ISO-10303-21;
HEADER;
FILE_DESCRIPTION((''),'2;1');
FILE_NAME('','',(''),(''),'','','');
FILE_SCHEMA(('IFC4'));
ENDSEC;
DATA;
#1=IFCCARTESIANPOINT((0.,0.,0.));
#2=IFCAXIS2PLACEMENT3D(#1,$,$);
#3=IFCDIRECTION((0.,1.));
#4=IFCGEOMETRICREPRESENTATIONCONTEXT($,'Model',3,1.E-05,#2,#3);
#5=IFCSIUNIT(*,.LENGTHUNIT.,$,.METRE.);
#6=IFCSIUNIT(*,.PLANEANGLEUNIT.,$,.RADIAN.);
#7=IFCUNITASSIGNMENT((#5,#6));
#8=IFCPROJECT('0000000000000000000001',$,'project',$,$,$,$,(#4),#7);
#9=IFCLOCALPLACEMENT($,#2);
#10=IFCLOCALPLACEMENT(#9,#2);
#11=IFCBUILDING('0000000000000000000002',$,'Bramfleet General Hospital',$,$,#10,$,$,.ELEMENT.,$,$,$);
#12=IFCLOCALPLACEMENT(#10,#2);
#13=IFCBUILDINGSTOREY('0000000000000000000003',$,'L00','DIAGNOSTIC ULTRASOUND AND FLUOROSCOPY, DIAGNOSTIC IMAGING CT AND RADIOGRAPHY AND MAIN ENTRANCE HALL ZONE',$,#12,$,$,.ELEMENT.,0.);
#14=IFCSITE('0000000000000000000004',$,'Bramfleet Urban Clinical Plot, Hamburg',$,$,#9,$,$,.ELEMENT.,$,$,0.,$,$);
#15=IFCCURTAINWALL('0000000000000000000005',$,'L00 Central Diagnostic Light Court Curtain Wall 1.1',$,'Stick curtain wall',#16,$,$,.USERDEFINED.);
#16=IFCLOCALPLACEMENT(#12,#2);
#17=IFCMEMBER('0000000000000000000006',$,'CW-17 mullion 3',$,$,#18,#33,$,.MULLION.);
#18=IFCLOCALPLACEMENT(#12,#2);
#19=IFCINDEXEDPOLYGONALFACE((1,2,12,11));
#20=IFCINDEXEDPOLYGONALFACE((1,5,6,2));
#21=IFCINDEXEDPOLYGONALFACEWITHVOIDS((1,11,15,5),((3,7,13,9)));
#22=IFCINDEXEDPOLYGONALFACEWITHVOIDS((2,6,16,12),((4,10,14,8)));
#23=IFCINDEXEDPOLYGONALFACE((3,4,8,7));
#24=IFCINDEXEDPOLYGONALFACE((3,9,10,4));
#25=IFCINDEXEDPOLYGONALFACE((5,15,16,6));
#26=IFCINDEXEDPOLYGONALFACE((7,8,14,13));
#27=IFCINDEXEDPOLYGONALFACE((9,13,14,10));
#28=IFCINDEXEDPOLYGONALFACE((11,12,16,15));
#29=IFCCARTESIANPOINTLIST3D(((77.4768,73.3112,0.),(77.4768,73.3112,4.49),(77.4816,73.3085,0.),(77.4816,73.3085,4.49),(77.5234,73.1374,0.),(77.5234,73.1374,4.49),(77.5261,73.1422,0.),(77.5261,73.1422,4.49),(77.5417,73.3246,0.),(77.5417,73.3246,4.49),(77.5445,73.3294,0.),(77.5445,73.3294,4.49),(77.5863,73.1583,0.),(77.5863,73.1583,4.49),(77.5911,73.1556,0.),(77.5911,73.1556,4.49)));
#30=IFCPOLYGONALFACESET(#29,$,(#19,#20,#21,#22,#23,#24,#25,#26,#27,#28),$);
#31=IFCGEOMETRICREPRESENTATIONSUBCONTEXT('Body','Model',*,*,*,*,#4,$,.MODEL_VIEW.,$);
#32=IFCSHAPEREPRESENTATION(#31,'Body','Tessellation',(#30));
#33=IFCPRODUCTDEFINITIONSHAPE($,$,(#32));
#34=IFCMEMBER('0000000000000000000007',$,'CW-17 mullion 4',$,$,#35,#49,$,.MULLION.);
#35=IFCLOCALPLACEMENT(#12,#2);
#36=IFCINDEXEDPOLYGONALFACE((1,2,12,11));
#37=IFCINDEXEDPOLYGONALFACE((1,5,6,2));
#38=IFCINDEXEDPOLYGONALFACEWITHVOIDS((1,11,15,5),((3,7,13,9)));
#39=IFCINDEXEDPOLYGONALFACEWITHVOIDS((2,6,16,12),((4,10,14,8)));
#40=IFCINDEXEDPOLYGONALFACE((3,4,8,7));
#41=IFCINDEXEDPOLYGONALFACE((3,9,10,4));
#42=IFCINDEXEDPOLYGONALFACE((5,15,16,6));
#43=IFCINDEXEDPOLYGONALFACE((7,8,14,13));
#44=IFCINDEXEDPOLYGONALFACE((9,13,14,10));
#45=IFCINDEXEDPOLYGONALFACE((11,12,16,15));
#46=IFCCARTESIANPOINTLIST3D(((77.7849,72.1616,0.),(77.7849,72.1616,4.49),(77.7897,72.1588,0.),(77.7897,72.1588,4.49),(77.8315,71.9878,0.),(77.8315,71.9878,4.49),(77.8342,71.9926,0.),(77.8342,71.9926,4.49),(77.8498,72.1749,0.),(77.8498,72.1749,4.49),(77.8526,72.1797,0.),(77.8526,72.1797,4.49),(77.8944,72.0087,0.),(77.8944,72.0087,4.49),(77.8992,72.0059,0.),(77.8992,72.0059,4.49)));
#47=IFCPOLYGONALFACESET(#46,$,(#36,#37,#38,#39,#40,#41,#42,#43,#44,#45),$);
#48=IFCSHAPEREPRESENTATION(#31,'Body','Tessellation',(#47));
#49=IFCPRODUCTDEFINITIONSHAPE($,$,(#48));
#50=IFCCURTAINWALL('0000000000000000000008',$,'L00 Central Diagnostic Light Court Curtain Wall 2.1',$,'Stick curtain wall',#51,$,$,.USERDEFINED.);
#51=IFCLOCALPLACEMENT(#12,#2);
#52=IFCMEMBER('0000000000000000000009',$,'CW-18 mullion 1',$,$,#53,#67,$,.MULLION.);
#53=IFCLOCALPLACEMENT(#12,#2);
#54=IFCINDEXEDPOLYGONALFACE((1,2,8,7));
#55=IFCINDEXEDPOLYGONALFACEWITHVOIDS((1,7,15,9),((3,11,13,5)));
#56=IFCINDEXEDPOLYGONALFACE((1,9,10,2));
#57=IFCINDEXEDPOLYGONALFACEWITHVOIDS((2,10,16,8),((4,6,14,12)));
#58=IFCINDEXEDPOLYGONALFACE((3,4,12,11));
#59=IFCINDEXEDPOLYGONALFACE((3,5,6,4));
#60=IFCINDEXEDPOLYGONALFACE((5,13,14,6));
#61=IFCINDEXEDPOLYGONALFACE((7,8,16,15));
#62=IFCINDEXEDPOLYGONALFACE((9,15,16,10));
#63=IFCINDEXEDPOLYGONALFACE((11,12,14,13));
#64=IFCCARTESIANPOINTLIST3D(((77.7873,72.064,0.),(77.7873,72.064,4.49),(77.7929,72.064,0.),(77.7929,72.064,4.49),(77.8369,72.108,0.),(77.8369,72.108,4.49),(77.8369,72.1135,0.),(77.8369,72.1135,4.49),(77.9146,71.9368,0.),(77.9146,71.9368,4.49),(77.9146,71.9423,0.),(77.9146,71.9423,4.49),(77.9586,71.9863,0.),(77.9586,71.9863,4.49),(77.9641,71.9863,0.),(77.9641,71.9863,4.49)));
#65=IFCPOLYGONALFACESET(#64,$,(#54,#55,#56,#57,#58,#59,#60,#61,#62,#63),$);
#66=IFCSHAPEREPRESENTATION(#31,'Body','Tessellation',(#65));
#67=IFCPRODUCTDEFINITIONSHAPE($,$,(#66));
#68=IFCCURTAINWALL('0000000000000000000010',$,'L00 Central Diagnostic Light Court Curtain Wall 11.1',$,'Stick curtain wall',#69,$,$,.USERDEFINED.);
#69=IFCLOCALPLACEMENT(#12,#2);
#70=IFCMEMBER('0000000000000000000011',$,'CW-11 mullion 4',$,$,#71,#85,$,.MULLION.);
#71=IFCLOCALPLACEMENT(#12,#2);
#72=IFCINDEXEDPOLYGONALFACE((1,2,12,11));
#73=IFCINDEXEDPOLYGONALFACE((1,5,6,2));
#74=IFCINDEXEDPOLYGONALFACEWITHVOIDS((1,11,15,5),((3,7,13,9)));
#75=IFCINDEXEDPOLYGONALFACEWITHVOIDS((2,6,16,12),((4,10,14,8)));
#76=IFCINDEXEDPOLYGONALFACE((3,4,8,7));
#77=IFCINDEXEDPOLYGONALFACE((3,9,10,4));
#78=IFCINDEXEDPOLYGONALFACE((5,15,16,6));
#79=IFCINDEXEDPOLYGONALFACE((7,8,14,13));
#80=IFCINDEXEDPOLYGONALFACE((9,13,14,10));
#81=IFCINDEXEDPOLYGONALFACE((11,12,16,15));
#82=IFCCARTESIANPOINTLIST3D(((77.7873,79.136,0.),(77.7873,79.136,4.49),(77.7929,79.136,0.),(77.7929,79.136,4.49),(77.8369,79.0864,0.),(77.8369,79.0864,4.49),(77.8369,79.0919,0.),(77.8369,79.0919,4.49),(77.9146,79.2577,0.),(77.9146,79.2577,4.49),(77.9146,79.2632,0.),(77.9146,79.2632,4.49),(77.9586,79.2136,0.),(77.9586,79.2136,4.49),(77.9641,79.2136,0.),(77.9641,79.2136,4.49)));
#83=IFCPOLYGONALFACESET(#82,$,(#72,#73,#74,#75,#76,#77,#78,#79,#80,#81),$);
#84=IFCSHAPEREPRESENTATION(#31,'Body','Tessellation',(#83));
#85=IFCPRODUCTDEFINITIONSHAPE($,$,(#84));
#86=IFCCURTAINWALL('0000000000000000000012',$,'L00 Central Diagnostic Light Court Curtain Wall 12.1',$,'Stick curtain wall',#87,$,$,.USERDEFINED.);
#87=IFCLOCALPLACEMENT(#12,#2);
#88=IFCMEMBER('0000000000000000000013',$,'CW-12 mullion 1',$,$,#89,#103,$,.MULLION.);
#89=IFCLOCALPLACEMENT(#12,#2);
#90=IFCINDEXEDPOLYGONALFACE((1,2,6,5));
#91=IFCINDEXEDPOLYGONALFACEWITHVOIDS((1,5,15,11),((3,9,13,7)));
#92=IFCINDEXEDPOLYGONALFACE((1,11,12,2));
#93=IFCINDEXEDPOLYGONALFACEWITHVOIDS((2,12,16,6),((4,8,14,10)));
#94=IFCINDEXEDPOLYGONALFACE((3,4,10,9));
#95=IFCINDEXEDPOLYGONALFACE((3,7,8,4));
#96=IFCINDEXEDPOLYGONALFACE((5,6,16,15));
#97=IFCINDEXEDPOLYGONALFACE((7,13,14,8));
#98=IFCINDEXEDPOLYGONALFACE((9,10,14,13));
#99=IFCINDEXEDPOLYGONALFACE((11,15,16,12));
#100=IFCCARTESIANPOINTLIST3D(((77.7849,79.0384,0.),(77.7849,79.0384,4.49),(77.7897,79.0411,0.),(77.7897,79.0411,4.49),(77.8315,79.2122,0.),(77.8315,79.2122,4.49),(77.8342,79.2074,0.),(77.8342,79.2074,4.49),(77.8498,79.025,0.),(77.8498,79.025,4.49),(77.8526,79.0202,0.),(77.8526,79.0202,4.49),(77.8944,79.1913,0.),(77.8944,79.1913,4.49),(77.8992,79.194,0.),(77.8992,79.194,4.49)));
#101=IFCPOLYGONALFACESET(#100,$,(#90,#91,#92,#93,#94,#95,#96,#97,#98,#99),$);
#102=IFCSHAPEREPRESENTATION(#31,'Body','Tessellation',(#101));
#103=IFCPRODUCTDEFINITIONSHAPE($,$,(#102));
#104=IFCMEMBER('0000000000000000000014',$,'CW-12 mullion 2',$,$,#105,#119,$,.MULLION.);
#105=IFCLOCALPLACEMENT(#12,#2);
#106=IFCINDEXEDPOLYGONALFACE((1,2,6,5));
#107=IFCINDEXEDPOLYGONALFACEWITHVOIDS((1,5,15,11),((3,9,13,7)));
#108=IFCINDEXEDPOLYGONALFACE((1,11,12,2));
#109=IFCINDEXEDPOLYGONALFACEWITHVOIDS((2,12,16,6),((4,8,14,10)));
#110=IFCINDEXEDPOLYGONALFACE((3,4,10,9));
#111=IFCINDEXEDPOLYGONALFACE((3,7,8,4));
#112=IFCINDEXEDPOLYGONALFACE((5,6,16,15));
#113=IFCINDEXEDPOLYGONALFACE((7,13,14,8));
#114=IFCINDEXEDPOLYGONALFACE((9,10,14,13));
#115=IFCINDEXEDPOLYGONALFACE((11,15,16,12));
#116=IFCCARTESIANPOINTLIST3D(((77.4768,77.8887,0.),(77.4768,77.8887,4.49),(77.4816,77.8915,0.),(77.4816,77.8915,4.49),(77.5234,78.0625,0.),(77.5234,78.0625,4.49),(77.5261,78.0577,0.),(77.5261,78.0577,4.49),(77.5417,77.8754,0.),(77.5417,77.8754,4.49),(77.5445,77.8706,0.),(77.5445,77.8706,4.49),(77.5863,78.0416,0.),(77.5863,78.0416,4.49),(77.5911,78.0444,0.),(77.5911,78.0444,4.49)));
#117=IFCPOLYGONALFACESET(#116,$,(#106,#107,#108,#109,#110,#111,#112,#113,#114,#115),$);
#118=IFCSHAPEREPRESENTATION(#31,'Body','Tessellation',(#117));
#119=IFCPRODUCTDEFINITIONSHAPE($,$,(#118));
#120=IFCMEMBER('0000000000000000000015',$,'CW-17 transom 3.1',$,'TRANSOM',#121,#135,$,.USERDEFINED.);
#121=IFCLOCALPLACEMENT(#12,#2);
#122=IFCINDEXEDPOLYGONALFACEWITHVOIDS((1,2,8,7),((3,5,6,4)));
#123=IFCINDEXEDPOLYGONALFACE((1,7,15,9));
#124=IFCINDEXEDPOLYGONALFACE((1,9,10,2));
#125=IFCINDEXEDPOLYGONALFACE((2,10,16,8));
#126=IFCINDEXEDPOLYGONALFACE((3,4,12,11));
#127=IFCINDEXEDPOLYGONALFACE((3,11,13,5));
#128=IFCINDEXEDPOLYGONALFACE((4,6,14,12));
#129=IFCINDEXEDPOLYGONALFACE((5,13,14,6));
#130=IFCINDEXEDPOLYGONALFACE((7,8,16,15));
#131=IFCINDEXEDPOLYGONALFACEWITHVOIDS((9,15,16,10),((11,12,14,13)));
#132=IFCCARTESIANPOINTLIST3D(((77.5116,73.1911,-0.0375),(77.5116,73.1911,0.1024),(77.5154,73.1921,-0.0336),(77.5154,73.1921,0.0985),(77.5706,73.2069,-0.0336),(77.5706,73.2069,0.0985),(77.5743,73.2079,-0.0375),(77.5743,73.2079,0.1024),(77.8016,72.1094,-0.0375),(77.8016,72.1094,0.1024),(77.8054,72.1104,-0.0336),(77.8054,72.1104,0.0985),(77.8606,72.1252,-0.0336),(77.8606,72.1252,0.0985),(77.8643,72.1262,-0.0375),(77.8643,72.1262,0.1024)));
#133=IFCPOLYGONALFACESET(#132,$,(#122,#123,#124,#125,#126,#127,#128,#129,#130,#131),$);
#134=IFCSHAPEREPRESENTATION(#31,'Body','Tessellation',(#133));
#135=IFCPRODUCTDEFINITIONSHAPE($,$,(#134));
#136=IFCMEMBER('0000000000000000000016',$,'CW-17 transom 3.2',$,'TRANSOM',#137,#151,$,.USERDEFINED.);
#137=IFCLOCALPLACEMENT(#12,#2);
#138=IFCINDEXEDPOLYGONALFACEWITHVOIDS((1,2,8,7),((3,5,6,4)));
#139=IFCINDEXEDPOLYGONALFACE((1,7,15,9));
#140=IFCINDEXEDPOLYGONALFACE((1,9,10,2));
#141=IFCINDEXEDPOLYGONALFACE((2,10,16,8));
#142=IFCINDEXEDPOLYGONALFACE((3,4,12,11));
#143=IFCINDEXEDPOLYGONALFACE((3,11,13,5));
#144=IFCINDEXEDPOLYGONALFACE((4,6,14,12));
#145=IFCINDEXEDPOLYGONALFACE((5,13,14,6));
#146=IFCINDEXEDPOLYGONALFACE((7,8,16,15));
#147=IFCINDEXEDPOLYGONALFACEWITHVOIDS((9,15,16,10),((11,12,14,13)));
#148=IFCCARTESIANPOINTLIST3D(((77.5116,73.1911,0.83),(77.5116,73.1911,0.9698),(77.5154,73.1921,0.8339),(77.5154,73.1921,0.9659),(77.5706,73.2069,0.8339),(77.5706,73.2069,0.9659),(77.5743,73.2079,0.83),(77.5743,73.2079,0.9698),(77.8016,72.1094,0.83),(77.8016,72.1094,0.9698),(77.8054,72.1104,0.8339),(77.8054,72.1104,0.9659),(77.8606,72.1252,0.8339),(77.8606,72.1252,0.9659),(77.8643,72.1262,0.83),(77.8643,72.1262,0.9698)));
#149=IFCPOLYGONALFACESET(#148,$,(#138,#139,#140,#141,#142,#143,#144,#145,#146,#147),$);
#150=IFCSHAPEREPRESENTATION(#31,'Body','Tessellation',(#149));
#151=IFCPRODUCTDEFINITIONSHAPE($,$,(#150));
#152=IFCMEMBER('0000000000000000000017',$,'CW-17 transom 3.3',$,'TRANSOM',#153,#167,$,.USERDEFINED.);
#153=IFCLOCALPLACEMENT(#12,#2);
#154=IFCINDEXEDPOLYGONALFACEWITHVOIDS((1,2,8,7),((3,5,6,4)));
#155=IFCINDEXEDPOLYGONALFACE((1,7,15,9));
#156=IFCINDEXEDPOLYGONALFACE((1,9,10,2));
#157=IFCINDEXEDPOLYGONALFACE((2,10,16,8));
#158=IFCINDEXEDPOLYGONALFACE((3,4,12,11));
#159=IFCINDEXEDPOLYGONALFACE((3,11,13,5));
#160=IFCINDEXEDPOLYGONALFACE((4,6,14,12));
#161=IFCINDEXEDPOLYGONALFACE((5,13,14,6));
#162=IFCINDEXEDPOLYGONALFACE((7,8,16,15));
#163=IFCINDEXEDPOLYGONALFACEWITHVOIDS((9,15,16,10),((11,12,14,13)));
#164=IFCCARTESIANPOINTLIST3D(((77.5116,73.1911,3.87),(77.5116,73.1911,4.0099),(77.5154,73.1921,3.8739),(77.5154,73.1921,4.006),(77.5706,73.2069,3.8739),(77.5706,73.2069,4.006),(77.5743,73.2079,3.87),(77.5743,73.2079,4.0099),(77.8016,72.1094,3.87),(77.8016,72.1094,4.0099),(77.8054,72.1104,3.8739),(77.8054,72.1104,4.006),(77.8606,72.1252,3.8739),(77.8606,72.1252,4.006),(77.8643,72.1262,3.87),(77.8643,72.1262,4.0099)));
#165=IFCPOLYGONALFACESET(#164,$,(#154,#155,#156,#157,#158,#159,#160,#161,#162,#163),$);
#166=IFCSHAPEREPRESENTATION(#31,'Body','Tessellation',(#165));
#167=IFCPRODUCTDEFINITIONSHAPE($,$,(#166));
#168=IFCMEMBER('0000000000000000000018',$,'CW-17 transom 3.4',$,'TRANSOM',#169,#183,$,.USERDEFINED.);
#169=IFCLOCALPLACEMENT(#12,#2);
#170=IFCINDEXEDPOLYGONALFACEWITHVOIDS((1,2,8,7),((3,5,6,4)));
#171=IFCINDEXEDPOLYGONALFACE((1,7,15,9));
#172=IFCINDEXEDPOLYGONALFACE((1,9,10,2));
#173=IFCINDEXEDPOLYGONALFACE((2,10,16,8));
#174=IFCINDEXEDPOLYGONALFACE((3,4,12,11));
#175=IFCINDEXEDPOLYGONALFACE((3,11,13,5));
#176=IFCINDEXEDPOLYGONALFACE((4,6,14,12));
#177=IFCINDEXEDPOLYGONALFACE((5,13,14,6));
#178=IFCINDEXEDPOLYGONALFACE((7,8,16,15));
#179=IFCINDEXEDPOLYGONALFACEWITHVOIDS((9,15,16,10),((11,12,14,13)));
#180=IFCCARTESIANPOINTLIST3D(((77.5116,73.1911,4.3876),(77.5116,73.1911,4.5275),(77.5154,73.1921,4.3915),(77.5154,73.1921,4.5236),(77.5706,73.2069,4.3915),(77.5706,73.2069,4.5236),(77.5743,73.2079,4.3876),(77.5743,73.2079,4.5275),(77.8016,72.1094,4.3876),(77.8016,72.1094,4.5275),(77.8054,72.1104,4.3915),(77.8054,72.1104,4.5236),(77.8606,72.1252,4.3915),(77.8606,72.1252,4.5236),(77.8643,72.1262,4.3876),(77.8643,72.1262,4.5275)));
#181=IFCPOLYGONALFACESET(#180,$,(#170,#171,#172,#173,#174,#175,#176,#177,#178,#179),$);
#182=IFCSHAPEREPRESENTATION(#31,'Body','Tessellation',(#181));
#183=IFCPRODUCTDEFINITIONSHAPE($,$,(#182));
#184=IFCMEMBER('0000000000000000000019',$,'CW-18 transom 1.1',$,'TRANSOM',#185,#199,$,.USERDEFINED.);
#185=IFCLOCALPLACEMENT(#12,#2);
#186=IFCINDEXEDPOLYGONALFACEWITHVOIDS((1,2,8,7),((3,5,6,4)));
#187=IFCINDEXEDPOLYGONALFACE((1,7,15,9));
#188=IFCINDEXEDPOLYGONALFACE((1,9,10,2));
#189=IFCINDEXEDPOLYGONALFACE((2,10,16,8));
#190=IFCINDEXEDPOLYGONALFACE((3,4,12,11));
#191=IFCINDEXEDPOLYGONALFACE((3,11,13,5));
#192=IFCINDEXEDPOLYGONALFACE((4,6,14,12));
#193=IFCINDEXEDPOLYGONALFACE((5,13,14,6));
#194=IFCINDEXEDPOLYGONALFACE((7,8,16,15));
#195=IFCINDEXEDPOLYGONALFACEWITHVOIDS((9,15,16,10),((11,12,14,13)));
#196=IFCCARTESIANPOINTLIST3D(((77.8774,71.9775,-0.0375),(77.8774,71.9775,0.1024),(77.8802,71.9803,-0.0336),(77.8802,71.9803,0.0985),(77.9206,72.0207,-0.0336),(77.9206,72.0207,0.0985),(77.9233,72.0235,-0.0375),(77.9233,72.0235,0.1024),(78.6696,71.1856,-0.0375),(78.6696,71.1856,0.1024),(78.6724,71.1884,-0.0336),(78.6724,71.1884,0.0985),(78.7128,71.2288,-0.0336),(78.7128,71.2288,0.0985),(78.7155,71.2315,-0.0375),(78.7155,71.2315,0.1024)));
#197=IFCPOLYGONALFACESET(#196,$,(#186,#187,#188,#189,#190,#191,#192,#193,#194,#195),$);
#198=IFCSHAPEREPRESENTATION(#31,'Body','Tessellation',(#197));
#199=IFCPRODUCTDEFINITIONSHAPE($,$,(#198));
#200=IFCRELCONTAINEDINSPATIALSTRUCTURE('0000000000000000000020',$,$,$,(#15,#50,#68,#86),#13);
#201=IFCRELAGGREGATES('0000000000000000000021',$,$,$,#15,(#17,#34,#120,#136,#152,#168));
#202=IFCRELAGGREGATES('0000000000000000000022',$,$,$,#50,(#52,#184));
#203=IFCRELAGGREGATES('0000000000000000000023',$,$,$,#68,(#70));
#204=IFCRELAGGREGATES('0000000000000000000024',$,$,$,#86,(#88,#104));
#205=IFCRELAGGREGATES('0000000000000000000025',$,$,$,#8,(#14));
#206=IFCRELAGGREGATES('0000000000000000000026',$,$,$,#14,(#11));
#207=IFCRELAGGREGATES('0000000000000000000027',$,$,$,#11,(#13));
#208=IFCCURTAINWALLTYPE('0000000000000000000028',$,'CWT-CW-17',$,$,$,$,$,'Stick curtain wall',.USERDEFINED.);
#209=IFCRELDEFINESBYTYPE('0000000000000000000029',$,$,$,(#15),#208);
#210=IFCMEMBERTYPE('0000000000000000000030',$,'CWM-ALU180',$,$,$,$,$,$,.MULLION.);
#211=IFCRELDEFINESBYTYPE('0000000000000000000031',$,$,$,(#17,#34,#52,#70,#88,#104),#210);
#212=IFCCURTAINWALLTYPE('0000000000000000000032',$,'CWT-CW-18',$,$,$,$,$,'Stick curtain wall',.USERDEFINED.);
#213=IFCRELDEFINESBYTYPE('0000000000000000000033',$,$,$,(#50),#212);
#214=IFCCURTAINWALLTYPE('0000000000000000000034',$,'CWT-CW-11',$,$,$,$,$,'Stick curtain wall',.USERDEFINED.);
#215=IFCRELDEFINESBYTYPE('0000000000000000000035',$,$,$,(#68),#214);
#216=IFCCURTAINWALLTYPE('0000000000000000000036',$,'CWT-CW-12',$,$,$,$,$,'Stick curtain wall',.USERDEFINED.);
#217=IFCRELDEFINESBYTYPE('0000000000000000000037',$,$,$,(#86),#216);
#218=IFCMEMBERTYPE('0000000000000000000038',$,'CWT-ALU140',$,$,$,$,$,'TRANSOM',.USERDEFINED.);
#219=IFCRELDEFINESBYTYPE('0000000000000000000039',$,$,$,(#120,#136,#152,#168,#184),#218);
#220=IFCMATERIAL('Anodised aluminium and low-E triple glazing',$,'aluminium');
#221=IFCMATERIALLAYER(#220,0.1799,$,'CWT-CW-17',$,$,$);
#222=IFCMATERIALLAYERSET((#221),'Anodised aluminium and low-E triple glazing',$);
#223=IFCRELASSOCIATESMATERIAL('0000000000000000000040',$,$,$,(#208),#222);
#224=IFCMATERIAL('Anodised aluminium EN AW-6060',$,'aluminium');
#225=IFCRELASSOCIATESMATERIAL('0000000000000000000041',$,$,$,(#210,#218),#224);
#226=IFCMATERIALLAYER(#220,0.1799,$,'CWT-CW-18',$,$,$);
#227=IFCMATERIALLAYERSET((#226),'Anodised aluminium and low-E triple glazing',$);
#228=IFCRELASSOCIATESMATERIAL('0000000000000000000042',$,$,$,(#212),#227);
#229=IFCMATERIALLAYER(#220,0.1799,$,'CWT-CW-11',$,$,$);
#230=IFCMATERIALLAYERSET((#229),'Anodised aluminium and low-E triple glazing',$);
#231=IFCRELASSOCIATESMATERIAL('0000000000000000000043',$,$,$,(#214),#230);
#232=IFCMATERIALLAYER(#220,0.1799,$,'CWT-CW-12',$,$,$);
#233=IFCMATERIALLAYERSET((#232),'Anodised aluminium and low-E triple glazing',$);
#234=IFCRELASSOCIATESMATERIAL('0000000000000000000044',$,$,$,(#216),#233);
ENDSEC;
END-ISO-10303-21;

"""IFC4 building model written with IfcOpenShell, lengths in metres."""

from ifc_helpers import new_model, si_unit, direction, frame, origin, origin_2d, place, context, subcontext, project, spatial, hollow_rectangle, extrude, material, layer, layer_set, material_profile, profile_set, type_object, element, aggregate, save


model = new_model("IFC4")

# Units and contexts
model_context = context("Model", 3, precision=1e-05, world=origin(), true_north=direction((0.0, 1.0)))
body_context = subcontext(model_context, "Body", "Model", "MODEL_VIEW")
ifc_project = project(units=[si_unit("LENGTHUNIT", "METRE"), si_unit("PLANEANGLEUNIT", "RADIAN")], contexts=[model_context])

# Site, building, storey
site_placement = place(None, origin())
site = spatial("IfcSite", under=ifc_project, at=site_placement, Name="Bramfleet Urban Clinical Plot, Hamburg", CompositionType="ELEMENT", RefElevation=0.0)
building_placement = place(site_placement, origin())
building = spatial("IfcBuilding", under=site, at=building_placement, Name="Bramfleet General Hospital", CompositionType="ELEMENT")
storey_placement = place(building_placement, origin())
storey = spatial("IfcBuildingStorey", under=building, at=storey_placement, Name="L00", Description="DIAGNOSTIC ULTRASOUND AND FLUOROSCOPY, DIAGNOSTIC IMAGING CT AND RADIOGRAPHY AND MAIN ENTRANCE HALL ZONE", CompositionType="ELEMENT", Elevation=0.0)

# Curtain wall, members
ifc_material_1 = material(Name="Anodised aluminium and low-E triple glazing", Category="aluminium")
ifc_layer_1 = layer(ifc_material_1, 0.1799, Name="CWT-CW-17")
ifc_layer_set_1 = layer_set([ifc_layer_1], Name="Anodised aluminium and low-E triple glazing")
curtain_wall_type_1 = type_object("IfcCurtainWallType", Name="CWT-CW-17", ElementType="Stick curtain wall", PredefinedType="USERDEFINED", material=ifc_layer_set_1)
curtain_wall_1_placement = place(storey_placement, origin())
curtain_wall_1 = element("IfcCurtainWall", 1, at=curtain_wall_1_placement, inside=storey, type_object=curtain_wall_type_1, Name="L00 Central Diagnostic Light Court Curtain Wall 1.1", ObjectType="Stick curtain wall", PredefinedType="USERDEFINED")
ifc_material_2 = material(Name="Anodised aluminium EN AW-6060", Category="aluminium")
ifc_material_profile_1 = material_profile(ifc_material_2, hollow_rectangle(XDim=0.0701, YDim=0.1799, WallThickness=0.0039, at=origin_2d()), Name="ALU 180x70x4.0")
ifc_profile_set_1 = profile_set([ifc_material_profile_1], Name="Anodised aluminium EN AW-6060")
member_type_1 = type_object("IfcMemberType", Name="CWM-ALU180", PredefinedType="MULLION", material=ifc_profile_set_1)
member_1_placement = place(storey_placement, frame((77.5339, 73.2334, 0.0), z_axis=(0.0, 0.0, 1.0), x_axis=(0.965941, 0.258763, 0.0)))
member_1 = element("IfcMember", 2, at=member_1_placement, type_object=member_type_1, Name="CW-17 mullion 3", PredefinedType="MULLION", context=body_context, shape_type="SweptSolid", body=[
    extrude(hollow_rectangle(XDim=0.0701, YDim=0.1799, WallThickness=0.0039, at=origin_2d()), origin(), (0.0, 0.0, 1.0), 4.49),
])
member_2_placement = place(storey_placement, frame((77.842, 72.0837, 0.0), z_axis=(0.0, 0.0, 1.0), x_axis=(0.965941, 0.258763, 0.0)))
member_2 = element("IfcMember", 3, at=member_2_placement, type_object=member_type_1, Name="CW-17 mullion 4", PredefinedType="MULLION", context=body_context, shape_type="SweptSolid", body=[
    extrude(hollow_rectangle(XDim=0.0701, YDim=0.1799, WallThickness=0.0039, at=origin_2d()), origin(), (0.0, 0.0, 1.0), 4.49),
])

# Curtain walls, members
ifc_layer_2 = layer(ifc_material_1, 0.1799, Name="CWT-CW-18")
ifc_layer_set_2 = layer_set([ifc_layer_2], Name="Anodised aluminium and low-E triple glazing")
curtain_wall_type_2 = type_object("IfcCurtainWallType", Name="CWT-CW-18", ElementType="Stick curtain wall", PredefinedType="USERDEFINED", material=ifc_layer_set_2)
curtain_wall_2_placement = place(storey_placement, origin())
curtain_wall_2 = element("IfcCurtainWall", 4, at=curtain_wall_2_placement, inside=storey, type_object=curtain_wall_type_2, Name="L00 Central Diagnostic Light Court Curtain Wall 2.1", ObjectType="Stick curtain wall", PredefinedType="USERDEFINED")
member_3_placement = place(storey_placement, frame((77.8757, 72.0251, 0.0), z_axis=(0.0, 0.0, 1.0), x_axis=(0.707107, 0.707107, 0.0)))
member_3 = element("IfcMember", 5, at=member_3_placement, type_object=member_type_1, Name="CW-18 mullion 1", PredefinedType="MULLION", context=body_context, shape_type="SweptSolid", body=[
    extrude(hollow_rectangle(XDim=0.0701, YDim=0.1799, WallThickness=0.0039, at=origin_2d()), origin(), (0.0, 0.0, 1.0), 4.49),
])
ifc_layer_3 = layer(ifc_material_1, 0.1799, Name="CWT-CW-11")
ifc_layer_set_3 = layer_set([ifc_layer_3], Name="Anodised aluminium and low-E triple glazing")
curtain_wall_type_3 = type_object("IfcCurtainWallType", Name="CWT-CW-11", ElementType="Stick curtain wall", PredefinedType="USERDEFINED", material=ifc_layer_set_3)
curtain_wall_3_placement = place(storey_placement, origin())
curtain_wall_3 = element("IfcCurtainWall", 6, at=curtain_wall_3_placement, inside=storey, type_object=curtain_wall_type_3, Name="L00 Central Diagnostic Light Court Curtain Wall 11.1", ObjectType="Stick curtain wall", PredefinedType="USERDEFINED")
member_4_placement = place(storey_placement, frame((77.8757, 79.1748, 0.0), z_axis=(0.0, 0.0, 1.0), x_axis=(0.707107, -0.707107, 0.0)))
member_4 = element("IfcMember", 7, at=member_4_placement, type_object=member_type_1, Name="CW-11 mullion 4", PredefinedType="MULLION", context=body_context, shape_type="SweptSolid", body=[
    extrude(hollow_rectangle(XDim=0.0701, YDim=0.1799, WallThickness=0.0039, at=origin_2d()), origin(), (0.0, 0.0, 1.0), 4.49),
])

# Curtain wall, members
ifc_layer_4 = layer(ifc_material_1, 0.1799, Name="CWT-CW-12")
ifc_layer_set_4 = layer_set([ifc_layer_4], Name="Anodised aluminium and low-E triple glazing")
curtain_wall_type_4 = type_object("IfcCurtainWallType", Name="CWT-CW-12", ElementType="Stick curtain wall", PredefinedType="USERDEFINED", material=ifc_layer_set_4)
curtain_wall_4_placement = place(storey_placement, origin())
curtain_wall_4 = element("IfcCurtainWall", 8, at=curtain_wall_4_placement, inside=storey, type_object=curtain_wall_type_4, Name="L00 Central Diagnostic Light Court Curtain Wall 12.1", ObjectType="Stick curtain wall", PredefinedType="USERDEFINED")
member_5_placement = place(storey_placement, frame((77.842, 79.1162, 0.0), z_axis=(0.0, 0.0, 1.0), x_axis=(0.965941, -0.258763, 0.0)))
member_5 = element("IfcMember", 9, at=member_5_placement, type_object=member_type_1, Name="CW-12 mullion 1", PredefinedType="MULLION", context=body_context, shape_type="SweptSolid", body=[
    extrude(hollow_rectangle(XDim=0.0701, YDim=0.1799, WallThickness=0.0039, at=origin_2d()), origin(), (0.0, 0.0, 1.0), 4.49),
])
member_6_placement = place(storey_placement, frame((77.5339, 77.9666, 0.0), z_axis=(0.0, 0.0, 1.0), x_axis=(0.965941, -0.258763, 0.0)))
member_6 = element("IfcMember", 10, at=member_6_placement, type_object=member_type_1, Name="CW-12 mullion 2", PredefinedType="MULLION", context=body_context, shape_type="SweptSolid", body=[
    extrude(hollow_rectangle(XDim=0.0701, YDim=0.1799, WallThickness=0.0039, at=origin_2d()), origin(), (0.0, 0.0, 1.0), 4.49),
])

# Members
ifc_material_profile_2 = material_profile(ifc_material_2, hollow_rectangle(XDim=0.0649, YDim=0.1399, WallThickness=0.0039, at=origin_2d()), Name="ALU 140x65x4.0")
ifc_profile_set_2 = profile_set([ifc_material_profile_2], Name="Anodised aluminium EN AW-6060")
member_type_2 = type_object("IfcMemberType", Name="CWT-ALU140", ElementType="TRANSOM", PredefinedType="USERDEFINED", material=ifc_profile_set_2)
member_7_placement = place(storey_placement, frame((77.543, 73.1995, 0.0325), z_axis=(0.258965, -0.965887, 0.0), x_axis=(0.965887, 0.258965, 0.0)))
member_7 = element("IfcMember", 11, at=member_7_placement, type_object=member_type_2, Name="CW-17 transom 3.1", ObjectType="TRANSOM", PredefinedType="USERDEFINED", context=body_context, shape_type="SweptSolid", body=[
    extrude(hollow_rectangle(XDim=0.0649, YDim=0.1399, WallThickness=0.0039, at=origin_2d()), origin(), (0.0, 0.0, 1.0), 1.1199),
])
member_8_placement = place(storey_placement, frame((77.543, 73.1995, 0.8999), z_axis=(0.258965, -0.965887, 0.0), x_axis=(0.965887, 0.258965, 0.0)))
member_8 = element("IfcMember", 12, at=member_8_placement, type_object=member_type_2, Name="CW-17 transom 3.2", ObjectType="TRANSOM", PredefinedType="USERDEFINED", context=body_context, shape_type="SweptSolid", body=[
    extrude(hollow_rectangle(XDim=0.0649, YDim=0.1399, WallThickness=0.0039, at=origin_2d()), origin(), (0.0, 0.0, 1.0), 1.1199),
])
member_9_placement = place(storey_placement, frame((77.543, 73.1995, 3.9399), z_axis=(0.258965, -0.965887, 0.0), x_axis=(0.965887, 0.258965, 0.0)))
member_9 = element("IfcMember", 13, at=member_9_placement, type_object=member_type_2, Name="CW-17 transom 3.3", ObjectType="TRANSOM", PredefinedType="USERDEFINED", context=body_context, shape_type="SweptSolid", body=[
    extrude(hollow_rectangle(XDim=0.0649, YDim=0.1399, WallThickness=0.0039, at=origin_2d()), origin(), (0.0, 0.0, 1.0), 1.1199),
])
member_10_placement = place(storey_placement, frame((77.543, 73.1995, 4.4575), z_axis=(0.258965, -0.965887, 0.0), x_axis=(0.965887, 0.258965, 0.0)))
member_10 = element("IfcMember", 14, at=member_10_placement, type_object=member_type_2, Name="CW-17 transom 3.4", ObjectType="TRANSOM", PredefinedType="USERDEFINED", context=body_context, shape_type="SweptSolid", body=[
    extrude(hollow_rectangle(XDim=0.0649, YDim=0.1399, WallThickness=0.0039, at=origin_2d()), origin(), (0.0, 0.0, 1.0), 1.1199),
])
member_11_placement = place(storey_placement, frame((77.9004, 72.0005, 0.0325), z_axis=(0.707216, -0.706998, 0.0), x_axis=(0.706998, 0.707216, 0.0)))
member_11 = element("IfcMember", 15, at=member_11_placement, type_object=member_type_2, Name="CW-18 transom 1.1", ObjectType="TRANSOM", PredefinedType="USERDEFINED", context=body_context, shape_type="SweptSolid", body=[
    extrude(hollow_rectangle(XDim=0.0649, YDim=0.1399, WallThickness=0.0039, at=origin_2d()), origin(), (0.0, 0.0, 1.0), 1.1201),
])

aggregate(curtain_wall_1, [member_1, member_2, member_7, member_8, member_9, member_10])
aggregate(curtain_wall_2, [member_3, member_11])
aggregate(curtain_wall_3, [member_4])
aggregate(curtain_wall_4, [member_5, member_6])

save(model, "model.ifc")
